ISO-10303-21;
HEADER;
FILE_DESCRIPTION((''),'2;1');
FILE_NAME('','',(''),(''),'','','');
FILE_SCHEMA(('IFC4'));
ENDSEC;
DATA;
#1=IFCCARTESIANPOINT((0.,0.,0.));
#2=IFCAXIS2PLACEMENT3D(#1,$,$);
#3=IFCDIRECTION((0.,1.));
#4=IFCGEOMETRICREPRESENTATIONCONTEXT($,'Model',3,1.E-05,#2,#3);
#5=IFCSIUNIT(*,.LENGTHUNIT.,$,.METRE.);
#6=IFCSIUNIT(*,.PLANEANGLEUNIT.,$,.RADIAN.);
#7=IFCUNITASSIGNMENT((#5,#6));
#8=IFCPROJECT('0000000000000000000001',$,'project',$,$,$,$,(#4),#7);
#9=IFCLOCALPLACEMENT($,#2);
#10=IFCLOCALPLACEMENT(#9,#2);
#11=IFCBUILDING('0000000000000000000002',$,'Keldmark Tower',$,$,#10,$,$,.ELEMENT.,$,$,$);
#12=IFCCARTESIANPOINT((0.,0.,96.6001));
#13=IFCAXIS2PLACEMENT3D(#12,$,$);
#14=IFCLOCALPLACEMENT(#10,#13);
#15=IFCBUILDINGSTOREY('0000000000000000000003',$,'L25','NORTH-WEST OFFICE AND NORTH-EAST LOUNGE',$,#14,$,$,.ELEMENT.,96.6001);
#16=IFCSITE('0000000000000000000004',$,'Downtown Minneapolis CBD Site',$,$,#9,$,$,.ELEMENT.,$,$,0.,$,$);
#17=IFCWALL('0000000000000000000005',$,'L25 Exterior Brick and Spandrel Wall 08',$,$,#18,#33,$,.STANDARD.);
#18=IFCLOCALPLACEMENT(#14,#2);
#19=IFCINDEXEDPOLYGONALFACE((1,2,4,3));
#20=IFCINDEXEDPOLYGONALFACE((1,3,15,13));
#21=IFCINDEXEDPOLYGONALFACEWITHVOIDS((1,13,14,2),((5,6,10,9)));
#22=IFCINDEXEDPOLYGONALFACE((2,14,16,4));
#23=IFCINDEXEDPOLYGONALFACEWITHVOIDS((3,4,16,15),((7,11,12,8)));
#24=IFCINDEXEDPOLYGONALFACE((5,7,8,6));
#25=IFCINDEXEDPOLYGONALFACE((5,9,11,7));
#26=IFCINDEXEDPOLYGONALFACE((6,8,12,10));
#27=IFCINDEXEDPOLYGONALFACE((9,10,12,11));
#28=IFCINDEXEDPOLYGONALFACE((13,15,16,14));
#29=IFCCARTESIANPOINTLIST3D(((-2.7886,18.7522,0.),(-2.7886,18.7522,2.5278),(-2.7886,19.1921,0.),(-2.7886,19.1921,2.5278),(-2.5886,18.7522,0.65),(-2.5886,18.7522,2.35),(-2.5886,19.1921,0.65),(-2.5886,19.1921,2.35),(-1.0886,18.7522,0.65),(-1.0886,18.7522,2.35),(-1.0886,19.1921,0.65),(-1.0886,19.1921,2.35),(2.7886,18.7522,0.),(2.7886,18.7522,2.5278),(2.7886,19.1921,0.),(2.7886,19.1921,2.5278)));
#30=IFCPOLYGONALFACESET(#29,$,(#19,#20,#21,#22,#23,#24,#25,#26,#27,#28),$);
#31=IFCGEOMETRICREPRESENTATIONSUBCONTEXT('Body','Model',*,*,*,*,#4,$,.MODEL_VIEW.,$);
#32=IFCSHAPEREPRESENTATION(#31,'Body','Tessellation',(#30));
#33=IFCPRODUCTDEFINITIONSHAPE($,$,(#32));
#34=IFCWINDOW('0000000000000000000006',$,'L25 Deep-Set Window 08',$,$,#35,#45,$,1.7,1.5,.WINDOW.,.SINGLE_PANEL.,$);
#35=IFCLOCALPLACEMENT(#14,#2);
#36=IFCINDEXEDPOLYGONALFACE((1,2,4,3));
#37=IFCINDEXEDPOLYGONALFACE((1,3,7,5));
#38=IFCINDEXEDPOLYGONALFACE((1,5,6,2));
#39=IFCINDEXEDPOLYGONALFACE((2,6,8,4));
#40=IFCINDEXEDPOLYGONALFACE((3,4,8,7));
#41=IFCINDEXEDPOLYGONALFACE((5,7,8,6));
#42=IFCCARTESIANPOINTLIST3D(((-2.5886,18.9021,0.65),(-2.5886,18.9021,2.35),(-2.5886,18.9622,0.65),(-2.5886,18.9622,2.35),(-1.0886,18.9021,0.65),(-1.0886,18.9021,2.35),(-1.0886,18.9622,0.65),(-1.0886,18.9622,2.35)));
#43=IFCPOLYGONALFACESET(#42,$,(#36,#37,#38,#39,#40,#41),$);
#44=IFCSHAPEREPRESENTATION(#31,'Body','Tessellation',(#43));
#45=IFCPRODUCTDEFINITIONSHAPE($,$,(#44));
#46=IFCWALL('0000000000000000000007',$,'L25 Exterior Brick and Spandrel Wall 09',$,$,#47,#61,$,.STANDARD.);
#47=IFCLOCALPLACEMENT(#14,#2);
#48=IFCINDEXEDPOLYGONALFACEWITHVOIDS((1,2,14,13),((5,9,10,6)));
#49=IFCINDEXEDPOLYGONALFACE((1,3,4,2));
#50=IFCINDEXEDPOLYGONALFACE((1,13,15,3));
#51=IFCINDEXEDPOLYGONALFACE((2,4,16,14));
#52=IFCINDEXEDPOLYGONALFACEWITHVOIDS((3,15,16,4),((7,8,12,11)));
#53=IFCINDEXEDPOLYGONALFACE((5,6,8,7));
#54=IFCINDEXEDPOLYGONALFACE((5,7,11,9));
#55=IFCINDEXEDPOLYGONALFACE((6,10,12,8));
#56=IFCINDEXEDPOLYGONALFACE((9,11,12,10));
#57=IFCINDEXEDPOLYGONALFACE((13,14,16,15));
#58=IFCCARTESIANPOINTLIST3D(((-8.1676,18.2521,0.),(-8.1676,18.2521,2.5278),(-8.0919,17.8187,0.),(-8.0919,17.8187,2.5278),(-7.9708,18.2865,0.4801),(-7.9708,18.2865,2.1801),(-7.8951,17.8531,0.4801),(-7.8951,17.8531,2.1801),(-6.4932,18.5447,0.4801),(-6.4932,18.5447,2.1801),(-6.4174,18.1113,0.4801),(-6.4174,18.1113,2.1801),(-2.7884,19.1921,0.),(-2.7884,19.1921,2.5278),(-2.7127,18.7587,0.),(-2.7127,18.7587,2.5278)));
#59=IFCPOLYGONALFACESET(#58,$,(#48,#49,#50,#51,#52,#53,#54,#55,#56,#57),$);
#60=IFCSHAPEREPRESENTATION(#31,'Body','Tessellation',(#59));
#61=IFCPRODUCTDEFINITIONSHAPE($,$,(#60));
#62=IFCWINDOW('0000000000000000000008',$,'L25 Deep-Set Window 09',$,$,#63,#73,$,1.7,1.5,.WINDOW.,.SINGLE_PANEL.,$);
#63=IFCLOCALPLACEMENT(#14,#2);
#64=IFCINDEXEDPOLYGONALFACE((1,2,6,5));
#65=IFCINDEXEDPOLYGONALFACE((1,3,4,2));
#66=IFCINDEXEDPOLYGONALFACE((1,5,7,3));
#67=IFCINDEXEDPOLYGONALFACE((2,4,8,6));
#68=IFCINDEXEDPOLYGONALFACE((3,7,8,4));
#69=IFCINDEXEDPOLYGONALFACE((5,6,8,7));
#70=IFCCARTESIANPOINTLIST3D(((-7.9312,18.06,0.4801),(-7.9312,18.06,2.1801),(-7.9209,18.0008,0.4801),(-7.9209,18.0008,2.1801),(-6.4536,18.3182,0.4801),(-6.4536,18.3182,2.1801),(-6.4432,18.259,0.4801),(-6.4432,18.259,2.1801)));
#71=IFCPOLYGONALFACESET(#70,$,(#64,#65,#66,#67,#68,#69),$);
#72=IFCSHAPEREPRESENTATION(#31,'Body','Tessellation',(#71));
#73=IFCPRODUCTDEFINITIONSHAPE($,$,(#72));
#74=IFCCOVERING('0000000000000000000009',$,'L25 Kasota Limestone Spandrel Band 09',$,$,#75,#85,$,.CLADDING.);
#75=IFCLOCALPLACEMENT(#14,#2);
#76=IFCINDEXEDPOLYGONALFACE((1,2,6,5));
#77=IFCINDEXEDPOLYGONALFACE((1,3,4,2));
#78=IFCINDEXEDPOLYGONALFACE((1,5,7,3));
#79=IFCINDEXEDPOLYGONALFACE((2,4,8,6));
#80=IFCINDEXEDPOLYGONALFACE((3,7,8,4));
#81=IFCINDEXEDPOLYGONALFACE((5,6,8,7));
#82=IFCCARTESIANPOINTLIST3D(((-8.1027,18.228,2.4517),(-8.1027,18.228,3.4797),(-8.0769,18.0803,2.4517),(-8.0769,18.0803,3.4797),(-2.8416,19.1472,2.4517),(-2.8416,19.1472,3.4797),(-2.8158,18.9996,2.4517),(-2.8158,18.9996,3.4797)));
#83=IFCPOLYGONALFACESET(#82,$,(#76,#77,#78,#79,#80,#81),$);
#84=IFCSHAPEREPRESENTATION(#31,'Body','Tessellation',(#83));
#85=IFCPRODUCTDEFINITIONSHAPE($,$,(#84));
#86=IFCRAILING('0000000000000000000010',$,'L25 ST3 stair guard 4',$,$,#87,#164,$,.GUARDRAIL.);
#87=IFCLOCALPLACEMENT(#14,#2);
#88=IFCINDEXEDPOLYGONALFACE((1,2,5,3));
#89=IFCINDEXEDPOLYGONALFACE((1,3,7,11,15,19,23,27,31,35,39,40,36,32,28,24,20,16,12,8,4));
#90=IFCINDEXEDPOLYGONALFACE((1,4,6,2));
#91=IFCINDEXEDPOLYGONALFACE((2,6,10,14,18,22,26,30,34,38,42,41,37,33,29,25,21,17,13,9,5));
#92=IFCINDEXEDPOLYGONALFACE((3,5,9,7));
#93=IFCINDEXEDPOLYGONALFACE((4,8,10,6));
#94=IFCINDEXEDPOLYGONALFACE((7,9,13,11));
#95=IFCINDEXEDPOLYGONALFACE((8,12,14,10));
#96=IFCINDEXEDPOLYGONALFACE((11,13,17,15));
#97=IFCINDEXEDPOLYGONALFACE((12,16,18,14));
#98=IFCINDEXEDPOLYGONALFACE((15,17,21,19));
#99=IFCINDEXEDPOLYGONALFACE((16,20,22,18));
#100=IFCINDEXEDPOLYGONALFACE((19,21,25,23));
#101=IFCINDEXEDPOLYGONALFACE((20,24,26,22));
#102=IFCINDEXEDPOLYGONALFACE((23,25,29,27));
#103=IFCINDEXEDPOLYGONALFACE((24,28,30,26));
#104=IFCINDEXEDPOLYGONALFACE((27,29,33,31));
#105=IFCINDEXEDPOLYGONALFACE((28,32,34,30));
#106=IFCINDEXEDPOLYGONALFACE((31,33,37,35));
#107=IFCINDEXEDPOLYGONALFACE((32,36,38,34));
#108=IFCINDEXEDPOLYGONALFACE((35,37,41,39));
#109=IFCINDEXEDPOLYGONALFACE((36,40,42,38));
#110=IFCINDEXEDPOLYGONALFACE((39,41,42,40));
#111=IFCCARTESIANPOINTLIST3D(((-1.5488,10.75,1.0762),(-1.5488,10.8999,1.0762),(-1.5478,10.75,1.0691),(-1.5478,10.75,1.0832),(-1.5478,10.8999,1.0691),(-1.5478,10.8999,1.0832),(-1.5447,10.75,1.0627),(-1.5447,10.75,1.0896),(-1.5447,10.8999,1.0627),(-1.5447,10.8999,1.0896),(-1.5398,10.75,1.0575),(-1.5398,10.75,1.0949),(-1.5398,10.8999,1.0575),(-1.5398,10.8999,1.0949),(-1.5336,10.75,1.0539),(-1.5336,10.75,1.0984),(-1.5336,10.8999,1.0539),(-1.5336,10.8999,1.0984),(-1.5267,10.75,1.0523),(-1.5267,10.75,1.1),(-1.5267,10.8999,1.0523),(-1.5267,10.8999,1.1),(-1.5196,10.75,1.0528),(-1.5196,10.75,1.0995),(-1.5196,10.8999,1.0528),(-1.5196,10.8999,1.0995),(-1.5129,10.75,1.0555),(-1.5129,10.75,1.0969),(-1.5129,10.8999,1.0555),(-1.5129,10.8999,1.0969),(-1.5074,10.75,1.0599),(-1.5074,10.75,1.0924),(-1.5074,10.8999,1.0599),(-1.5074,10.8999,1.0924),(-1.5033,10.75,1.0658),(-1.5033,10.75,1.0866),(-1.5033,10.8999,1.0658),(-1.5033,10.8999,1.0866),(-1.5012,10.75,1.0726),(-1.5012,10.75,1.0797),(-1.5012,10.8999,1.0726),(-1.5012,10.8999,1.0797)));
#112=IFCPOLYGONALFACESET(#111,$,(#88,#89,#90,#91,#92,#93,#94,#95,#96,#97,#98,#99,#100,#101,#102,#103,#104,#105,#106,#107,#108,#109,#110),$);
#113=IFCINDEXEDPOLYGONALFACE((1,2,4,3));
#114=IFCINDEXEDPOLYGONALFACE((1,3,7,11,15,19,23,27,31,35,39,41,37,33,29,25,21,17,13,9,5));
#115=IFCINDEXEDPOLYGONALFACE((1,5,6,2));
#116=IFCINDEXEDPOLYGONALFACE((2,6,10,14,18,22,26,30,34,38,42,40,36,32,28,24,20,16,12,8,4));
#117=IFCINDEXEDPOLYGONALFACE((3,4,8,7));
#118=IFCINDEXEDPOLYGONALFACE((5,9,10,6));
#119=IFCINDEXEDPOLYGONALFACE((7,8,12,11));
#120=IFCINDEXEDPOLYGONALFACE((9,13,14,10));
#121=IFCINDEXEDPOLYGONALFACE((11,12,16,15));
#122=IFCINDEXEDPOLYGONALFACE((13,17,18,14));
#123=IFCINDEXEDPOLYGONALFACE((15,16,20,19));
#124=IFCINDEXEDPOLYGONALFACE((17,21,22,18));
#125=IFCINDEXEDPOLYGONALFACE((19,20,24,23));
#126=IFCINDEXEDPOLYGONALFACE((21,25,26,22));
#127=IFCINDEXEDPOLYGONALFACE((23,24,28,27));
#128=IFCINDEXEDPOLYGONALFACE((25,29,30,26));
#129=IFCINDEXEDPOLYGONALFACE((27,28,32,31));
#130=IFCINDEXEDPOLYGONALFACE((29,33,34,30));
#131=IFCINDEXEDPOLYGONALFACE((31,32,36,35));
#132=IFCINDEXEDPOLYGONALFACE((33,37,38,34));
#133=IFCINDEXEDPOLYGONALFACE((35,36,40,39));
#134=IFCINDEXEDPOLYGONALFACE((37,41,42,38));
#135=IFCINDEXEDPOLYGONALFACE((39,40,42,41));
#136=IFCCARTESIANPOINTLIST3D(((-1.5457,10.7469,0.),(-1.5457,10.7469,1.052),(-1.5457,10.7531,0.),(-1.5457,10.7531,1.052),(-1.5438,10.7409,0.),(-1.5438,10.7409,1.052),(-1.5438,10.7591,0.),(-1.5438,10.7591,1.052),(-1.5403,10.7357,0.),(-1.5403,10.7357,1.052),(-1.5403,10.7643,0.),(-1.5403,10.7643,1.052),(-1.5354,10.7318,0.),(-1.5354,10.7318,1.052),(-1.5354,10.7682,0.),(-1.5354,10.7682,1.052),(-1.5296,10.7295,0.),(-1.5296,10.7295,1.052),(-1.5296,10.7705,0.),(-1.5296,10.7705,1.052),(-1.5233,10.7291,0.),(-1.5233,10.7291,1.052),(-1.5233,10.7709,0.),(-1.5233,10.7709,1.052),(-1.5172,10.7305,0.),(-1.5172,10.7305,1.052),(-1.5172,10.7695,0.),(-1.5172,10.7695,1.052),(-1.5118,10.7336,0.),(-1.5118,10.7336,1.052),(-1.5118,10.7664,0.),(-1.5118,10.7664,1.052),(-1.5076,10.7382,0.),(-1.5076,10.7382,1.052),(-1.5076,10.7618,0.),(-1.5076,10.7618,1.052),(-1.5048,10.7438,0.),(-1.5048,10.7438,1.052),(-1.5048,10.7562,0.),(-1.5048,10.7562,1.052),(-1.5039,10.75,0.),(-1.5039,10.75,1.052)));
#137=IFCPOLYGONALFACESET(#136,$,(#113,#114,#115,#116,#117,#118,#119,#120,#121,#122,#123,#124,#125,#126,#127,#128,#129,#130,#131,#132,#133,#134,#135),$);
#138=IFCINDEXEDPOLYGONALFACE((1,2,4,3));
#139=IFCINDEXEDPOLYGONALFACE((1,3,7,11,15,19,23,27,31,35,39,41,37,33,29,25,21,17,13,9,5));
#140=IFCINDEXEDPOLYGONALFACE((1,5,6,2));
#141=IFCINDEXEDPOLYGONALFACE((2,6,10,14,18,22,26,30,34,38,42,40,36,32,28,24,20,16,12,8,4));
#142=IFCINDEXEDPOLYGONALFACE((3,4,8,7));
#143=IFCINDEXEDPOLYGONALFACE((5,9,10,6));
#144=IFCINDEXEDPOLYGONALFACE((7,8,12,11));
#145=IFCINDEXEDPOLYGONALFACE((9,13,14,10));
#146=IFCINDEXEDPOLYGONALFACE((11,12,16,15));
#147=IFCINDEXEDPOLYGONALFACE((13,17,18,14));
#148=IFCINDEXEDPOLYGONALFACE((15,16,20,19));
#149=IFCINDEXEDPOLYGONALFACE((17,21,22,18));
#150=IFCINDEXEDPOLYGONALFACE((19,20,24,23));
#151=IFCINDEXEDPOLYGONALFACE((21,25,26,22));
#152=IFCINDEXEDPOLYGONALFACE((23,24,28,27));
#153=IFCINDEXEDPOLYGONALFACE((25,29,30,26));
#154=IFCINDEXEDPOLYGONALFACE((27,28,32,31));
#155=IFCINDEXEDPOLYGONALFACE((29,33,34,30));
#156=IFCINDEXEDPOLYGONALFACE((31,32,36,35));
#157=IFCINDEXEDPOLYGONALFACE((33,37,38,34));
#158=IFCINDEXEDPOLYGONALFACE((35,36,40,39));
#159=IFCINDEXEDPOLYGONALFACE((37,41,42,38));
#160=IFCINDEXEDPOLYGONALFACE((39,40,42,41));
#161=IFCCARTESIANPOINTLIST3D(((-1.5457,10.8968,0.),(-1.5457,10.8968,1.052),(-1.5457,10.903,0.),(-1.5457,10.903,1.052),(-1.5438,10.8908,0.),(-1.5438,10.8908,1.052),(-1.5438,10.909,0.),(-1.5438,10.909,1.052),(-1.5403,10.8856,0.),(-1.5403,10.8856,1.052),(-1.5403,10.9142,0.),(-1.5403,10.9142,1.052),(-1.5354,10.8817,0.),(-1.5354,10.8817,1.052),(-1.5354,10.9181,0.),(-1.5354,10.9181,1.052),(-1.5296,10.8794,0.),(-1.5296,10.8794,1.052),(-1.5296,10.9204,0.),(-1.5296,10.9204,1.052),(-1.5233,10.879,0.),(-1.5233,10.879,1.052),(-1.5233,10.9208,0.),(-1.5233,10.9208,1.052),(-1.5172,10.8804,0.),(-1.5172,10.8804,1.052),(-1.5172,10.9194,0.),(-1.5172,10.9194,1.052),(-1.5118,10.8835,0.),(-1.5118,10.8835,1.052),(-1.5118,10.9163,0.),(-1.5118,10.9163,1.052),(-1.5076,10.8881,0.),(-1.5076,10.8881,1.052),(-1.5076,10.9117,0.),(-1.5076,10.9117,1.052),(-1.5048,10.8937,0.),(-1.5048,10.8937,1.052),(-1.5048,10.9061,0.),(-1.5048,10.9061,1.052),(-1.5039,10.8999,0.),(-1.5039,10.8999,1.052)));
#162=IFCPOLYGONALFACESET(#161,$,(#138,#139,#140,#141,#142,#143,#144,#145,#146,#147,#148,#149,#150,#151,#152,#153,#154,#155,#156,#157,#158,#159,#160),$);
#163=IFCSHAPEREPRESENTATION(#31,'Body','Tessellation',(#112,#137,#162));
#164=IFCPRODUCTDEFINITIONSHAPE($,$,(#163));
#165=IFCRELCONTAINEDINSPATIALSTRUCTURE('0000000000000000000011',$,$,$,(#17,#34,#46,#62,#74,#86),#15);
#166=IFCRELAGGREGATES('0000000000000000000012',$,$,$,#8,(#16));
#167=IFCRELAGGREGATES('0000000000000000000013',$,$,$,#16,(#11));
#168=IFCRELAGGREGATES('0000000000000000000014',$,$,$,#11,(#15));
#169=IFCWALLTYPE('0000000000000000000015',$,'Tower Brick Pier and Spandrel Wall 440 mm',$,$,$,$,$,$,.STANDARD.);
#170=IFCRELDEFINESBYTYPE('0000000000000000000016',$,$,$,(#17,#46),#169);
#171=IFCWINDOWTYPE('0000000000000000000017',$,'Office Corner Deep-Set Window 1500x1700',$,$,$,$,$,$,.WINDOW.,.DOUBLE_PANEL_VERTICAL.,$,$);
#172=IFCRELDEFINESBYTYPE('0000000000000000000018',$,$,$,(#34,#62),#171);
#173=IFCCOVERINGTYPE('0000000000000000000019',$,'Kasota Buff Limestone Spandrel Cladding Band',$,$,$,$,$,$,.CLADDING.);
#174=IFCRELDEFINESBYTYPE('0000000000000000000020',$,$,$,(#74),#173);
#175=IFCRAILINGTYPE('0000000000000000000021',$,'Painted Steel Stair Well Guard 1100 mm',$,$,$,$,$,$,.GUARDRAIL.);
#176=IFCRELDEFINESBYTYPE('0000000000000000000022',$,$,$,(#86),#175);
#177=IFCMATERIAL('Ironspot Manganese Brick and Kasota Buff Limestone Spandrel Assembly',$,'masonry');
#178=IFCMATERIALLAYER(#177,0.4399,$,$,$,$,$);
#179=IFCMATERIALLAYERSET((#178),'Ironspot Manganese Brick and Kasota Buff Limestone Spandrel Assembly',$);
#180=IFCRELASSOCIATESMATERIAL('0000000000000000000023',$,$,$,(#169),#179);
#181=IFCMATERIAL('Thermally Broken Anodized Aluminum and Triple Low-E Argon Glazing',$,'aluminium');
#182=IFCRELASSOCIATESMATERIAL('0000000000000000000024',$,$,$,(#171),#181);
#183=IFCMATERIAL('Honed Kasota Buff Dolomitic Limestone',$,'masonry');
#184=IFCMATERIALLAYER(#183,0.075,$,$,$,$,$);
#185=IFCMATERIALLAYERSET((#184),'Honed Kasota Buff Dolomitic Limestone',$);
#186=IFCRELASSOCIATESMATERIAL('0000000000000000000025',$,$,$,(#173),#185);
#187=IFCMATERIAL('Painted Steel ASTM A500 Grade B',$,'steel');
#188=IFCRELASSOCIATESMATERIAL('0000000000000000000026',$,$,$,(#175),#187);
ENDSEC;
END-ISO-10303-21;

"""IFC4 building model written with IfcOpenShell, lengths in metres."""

from ifc_helpers import new_model, si_unit, direction, frame, frame_2d, origin, origin_2d, place, context, subcontext, project, spatial, rectangle, circle, extrude, material, layer, layer_set, type_object, element, fill, save


model = new_model("IFC4")

# Units and contexts
model_context = context("Model", 3, precision=1e-05, world=origin(), true_north=direction((0.0, 1.0)))
body_context = subcontext(model_context, "Body", "Model", "MODEL_VIEW")
ifc_project = project(units=[si_unit("LENGTHUNIT", "METRE"), si_unit("PLANEANGLEUNIT", "RADIAN")], contexts=[model_context])

# Site, building, storey
site_placement = place(None, origin())
site = spatial("IfcSite", under=ifc_project, at=site_placement, Name="Downtown Minneapolis CBD Site", CompositionType="ELEMENT", RefElevation=0.0)
building_placement = place(site_placement, origin())
building = spatial("IfcBuilding", under=site, at=building_placement, Name="Keldmark Tower", CompositionType="ELEMENT")
storey_placement = place(building_placement, frame((0.0, 0.0, 96.6001)))
storey = spatial("IfcBuildingStorey", under=building, at=storey_placement, Name="L25", Description="NORTH-WEST OFFICE AND NORTH-EAST LOUNGE", CompositionType="ELEMENT", Elevation=96.6001)

# Walls, openings, windows
ifc_material_1 = material(Name="Ironspot Manganese Brick and Kasota Buff Limestone Spandrel Assembly", Category="masonry")
ifc_layer_1 = layer(ifc_material_1, 0.4399)
ifc_layer_set_1 = layer_set([ifc_layer_1], Name="Ironspot Manganese Brick and Kasota Buff Limestone Spandrel Assembly")
wall_type_1 = type_object("IfcWallType", Name="Tower Brick Pier and Spandrel Wall 440 mm", PredefinedType="STANDARD", material=ifc_layer_set_1)
wall_1_placement = place(storey_placement, frame((-2.7886, 18.9722, 0.0), z_axis=(0.0, 0.0, 1.0), x_axis=(1.0, 0.0, 0.0)))
wall_1 = element("IfcWall", 1, at=wall_1_placement, inside=storey, type_object=wall_type_1, Name="L25 Exterior Brick and Spandrel Wall 08", PredefinedType="STANDARD", context=body_context, shape_type="SweptSolid", body=[
    extrude(rectangle(XDim=5.5771, YDim=0.4399, at=frame_2d((2.7886, 0.0))), origin(), (0.0, 0.0, 1.0), 2.5278),
])
opening_1_placement = place(wall_1_placement, frame((0.2, 0.0, 0.6499)))
opening_1 = element("IfcOpeningElement", 2, at=opening_1_placement, cuts=wall_1, PredefinedType="OPENING", context=body_context, shape_type="SweptSolid", body=[
    extrude(rectangle(XDim=1.5, YDim=1.7, at=frame_2d((0.75, 0.8501))), frame((0.0, 0.23, 0.0), z_axis=(0.0, -1.0, 0.0), x_axis=(1.0, 0.0, 0.0)), (0.0, 0.0, 1.0), 0.46),
])
ifc_material_2 = material(Name="Thermally Broken Anodized Aluminum and Triple Low-E Argon Glazing", Category="aluminium")
window_type = type_object("IfcWindowType", Name="Office Corner Deep-Set Window 1500x1700", PartitioningType="DOUBLE_PANEL_VERTICAL", PredefinedType="WINDOW", material=ifc_material_2)
window_1_placement = place(opening_1_placement, origin())
window_1 = element("IfcWindow", 3, at=window_1_placement, inside=storey, type_object=window_type, Name="L25 Deep-Set Window 08", OverallHeight=1.7, OverallWidth=1.5, PartitioningType="SINGLE_PANEL", PredefinedType="WINDOW", context=body_context, shape_type="SweptSolid", body=[
    extrude(rectangle(XDim=1.5, YDim=1.7, at=frame_2d((0.75, 0.8501))), frame((0.0, -0.01, 0.0), z_axis=(0.0, -1.0, 0.0), x_axis=(1.0, 0.0, 0.0)), (0.0, 0.0, 1.0), 0.0601),
])
fill(opening_1, window_1)
wall_2_placement = place(storey_placement, frame((-8.1299, 18.0354, 0.0), z_axis=(0.0, 0.0, 1.0), x_axis=(0.985074, 0.17213, 0.0)))
wall_2 = element("IfcWall", 4, at=wall_2_placement, inside=storey, type_object=wall_type_1, Name="L25 Exterior Brick and Spandrel Wall 09", PredefinedType="STANDARD", context=body_context, shape_type="SweptSolid", body=[
    extrude(rectangle(XDim=5.4607, YDim=0.4399, at=frame_2d((2.7305, 0.0))), origin(), (0.0, 0.0, 1.0), 2.5278),
])
opening_2_placement = place(wall_2_placement, frame((0.2, 0.0, 0.48)))
opening_2 = element("IfcOpeningElement", 5, at=opening_2_placement, cuts=wall_2, PredefinedType="OPENING", context=body_context, shape_type="SweptSolid", body=[
    extrude(rectangle(XDim=1.5, YDim=1.7, at=frame_2d((0.75, 0.8501))), frame((0.0, 0.23, 0.0), z_axis=(0.0, -1.0, 0.0), x_axis=(1.0, 0.0, 0.0)), (0.0, 0.0, 1.0), 0.46),
])
window_2_placement = place(opening_2_placement, origin())
window_2 = element("IfcWindow", 6, at=window_2_placement, inside=storey, type_object=window_type, Name="L25 Deep-Set Window 09", OverallHeight=1.7, OverallWidth=1.5, PartitioningType="SINGLE_PANEL", PredefinedType="WINDOW", context=body_context, shape_type="SweptSolid", body=[
    extrude(rectangle(XDim=1.5, YDim=1.7, at=frame_2d((0.75, 0.8501))), frame((0.0, -0.01, 0.0), z_axis=(0.0, -1.0, 0.0), x_axis=(1.0, 0.0, 0.0)), (0.0, 0.0, 1.0), 0.0601),
])
fill(opening_2, window_2)

# Covering
ifc_material_3 = material(Name="Honed Kasota Buff Dolomitic Limestone", Category="masonry")
ifc_layer_2 = layer(ifc_material_3, 0.075)
ifc_layer_set_2 = layer_set([ifc_layer_2], Name="Honed Kasota Buff Dolomitic Limestone")
covering_type = type_object("IfcCoveringType", Name="Kasota Buff Limestone Spandrel Cladding Band", PredefinedType="CLADDING", material=ifc_layer_set_2)
covering_placement = place(storey_placement, frame((-5.4592, 18.6138, 2.4517), z_axis=(0.0, 0.0, 1.0), x_axis=(-0.985076, -0.172118, 0.0)))
element("IfcCovering", 7, at=covering_placement, inside=storey, type_object=covering_type, Name="L25 Kasota Limestone Spandrel Band 09", PredefinedType="CLADDING", context=body_context, shape_type="SweptSolid", body=[
    extrude(rectangle(XDim=5.3408, YDim=0.1499, at=origin_2d()), origin(), (0.0, 0.0, 1.0), 1.0281),
])

# Railing
ifc_material_4 = material(Name="Painted Steel ASTM A500 Grade B", Category="steel")
railing_type = type_object("IfcRailingType", Name="Painted Steel Stair Well Guard 1100 mm", PredefinedType="GUARDRAIL", material=ifc_material_4)
railing_placement = place(storey_placement, frame((-1.5249, 10.75, 0.0)))
element("IfcRailing", 8, at=railing_placement, inside=storey, type_object=railing_type, Name="L25 ST3 stair guard 4", PredefinedType="GUARDRAIL", context=body_context, shape_type="SweptSolid", body=[
    extrude(circle(Radius=0.0239, at=origin_2d()), frame((0.0, 0.0, 1.0762), z_axis=(0.0, 1.0, 0.0), x_axis=(-1.0, 0.0, 0.0)), (0.0, 0.0, 1.0), 0.1499),
    extrude(circle(Radius=0.021, at=origin_2d()), origin(), (0.0, 0.0, 1.0), 1.052),
    extrude(circle(Radius=0.021, at=origin_2d()), frame((0.0, 0.1499, 0.0)), (0.0, 0.0, 1.0), 1.052),
])

save(model, "model.ifc")
